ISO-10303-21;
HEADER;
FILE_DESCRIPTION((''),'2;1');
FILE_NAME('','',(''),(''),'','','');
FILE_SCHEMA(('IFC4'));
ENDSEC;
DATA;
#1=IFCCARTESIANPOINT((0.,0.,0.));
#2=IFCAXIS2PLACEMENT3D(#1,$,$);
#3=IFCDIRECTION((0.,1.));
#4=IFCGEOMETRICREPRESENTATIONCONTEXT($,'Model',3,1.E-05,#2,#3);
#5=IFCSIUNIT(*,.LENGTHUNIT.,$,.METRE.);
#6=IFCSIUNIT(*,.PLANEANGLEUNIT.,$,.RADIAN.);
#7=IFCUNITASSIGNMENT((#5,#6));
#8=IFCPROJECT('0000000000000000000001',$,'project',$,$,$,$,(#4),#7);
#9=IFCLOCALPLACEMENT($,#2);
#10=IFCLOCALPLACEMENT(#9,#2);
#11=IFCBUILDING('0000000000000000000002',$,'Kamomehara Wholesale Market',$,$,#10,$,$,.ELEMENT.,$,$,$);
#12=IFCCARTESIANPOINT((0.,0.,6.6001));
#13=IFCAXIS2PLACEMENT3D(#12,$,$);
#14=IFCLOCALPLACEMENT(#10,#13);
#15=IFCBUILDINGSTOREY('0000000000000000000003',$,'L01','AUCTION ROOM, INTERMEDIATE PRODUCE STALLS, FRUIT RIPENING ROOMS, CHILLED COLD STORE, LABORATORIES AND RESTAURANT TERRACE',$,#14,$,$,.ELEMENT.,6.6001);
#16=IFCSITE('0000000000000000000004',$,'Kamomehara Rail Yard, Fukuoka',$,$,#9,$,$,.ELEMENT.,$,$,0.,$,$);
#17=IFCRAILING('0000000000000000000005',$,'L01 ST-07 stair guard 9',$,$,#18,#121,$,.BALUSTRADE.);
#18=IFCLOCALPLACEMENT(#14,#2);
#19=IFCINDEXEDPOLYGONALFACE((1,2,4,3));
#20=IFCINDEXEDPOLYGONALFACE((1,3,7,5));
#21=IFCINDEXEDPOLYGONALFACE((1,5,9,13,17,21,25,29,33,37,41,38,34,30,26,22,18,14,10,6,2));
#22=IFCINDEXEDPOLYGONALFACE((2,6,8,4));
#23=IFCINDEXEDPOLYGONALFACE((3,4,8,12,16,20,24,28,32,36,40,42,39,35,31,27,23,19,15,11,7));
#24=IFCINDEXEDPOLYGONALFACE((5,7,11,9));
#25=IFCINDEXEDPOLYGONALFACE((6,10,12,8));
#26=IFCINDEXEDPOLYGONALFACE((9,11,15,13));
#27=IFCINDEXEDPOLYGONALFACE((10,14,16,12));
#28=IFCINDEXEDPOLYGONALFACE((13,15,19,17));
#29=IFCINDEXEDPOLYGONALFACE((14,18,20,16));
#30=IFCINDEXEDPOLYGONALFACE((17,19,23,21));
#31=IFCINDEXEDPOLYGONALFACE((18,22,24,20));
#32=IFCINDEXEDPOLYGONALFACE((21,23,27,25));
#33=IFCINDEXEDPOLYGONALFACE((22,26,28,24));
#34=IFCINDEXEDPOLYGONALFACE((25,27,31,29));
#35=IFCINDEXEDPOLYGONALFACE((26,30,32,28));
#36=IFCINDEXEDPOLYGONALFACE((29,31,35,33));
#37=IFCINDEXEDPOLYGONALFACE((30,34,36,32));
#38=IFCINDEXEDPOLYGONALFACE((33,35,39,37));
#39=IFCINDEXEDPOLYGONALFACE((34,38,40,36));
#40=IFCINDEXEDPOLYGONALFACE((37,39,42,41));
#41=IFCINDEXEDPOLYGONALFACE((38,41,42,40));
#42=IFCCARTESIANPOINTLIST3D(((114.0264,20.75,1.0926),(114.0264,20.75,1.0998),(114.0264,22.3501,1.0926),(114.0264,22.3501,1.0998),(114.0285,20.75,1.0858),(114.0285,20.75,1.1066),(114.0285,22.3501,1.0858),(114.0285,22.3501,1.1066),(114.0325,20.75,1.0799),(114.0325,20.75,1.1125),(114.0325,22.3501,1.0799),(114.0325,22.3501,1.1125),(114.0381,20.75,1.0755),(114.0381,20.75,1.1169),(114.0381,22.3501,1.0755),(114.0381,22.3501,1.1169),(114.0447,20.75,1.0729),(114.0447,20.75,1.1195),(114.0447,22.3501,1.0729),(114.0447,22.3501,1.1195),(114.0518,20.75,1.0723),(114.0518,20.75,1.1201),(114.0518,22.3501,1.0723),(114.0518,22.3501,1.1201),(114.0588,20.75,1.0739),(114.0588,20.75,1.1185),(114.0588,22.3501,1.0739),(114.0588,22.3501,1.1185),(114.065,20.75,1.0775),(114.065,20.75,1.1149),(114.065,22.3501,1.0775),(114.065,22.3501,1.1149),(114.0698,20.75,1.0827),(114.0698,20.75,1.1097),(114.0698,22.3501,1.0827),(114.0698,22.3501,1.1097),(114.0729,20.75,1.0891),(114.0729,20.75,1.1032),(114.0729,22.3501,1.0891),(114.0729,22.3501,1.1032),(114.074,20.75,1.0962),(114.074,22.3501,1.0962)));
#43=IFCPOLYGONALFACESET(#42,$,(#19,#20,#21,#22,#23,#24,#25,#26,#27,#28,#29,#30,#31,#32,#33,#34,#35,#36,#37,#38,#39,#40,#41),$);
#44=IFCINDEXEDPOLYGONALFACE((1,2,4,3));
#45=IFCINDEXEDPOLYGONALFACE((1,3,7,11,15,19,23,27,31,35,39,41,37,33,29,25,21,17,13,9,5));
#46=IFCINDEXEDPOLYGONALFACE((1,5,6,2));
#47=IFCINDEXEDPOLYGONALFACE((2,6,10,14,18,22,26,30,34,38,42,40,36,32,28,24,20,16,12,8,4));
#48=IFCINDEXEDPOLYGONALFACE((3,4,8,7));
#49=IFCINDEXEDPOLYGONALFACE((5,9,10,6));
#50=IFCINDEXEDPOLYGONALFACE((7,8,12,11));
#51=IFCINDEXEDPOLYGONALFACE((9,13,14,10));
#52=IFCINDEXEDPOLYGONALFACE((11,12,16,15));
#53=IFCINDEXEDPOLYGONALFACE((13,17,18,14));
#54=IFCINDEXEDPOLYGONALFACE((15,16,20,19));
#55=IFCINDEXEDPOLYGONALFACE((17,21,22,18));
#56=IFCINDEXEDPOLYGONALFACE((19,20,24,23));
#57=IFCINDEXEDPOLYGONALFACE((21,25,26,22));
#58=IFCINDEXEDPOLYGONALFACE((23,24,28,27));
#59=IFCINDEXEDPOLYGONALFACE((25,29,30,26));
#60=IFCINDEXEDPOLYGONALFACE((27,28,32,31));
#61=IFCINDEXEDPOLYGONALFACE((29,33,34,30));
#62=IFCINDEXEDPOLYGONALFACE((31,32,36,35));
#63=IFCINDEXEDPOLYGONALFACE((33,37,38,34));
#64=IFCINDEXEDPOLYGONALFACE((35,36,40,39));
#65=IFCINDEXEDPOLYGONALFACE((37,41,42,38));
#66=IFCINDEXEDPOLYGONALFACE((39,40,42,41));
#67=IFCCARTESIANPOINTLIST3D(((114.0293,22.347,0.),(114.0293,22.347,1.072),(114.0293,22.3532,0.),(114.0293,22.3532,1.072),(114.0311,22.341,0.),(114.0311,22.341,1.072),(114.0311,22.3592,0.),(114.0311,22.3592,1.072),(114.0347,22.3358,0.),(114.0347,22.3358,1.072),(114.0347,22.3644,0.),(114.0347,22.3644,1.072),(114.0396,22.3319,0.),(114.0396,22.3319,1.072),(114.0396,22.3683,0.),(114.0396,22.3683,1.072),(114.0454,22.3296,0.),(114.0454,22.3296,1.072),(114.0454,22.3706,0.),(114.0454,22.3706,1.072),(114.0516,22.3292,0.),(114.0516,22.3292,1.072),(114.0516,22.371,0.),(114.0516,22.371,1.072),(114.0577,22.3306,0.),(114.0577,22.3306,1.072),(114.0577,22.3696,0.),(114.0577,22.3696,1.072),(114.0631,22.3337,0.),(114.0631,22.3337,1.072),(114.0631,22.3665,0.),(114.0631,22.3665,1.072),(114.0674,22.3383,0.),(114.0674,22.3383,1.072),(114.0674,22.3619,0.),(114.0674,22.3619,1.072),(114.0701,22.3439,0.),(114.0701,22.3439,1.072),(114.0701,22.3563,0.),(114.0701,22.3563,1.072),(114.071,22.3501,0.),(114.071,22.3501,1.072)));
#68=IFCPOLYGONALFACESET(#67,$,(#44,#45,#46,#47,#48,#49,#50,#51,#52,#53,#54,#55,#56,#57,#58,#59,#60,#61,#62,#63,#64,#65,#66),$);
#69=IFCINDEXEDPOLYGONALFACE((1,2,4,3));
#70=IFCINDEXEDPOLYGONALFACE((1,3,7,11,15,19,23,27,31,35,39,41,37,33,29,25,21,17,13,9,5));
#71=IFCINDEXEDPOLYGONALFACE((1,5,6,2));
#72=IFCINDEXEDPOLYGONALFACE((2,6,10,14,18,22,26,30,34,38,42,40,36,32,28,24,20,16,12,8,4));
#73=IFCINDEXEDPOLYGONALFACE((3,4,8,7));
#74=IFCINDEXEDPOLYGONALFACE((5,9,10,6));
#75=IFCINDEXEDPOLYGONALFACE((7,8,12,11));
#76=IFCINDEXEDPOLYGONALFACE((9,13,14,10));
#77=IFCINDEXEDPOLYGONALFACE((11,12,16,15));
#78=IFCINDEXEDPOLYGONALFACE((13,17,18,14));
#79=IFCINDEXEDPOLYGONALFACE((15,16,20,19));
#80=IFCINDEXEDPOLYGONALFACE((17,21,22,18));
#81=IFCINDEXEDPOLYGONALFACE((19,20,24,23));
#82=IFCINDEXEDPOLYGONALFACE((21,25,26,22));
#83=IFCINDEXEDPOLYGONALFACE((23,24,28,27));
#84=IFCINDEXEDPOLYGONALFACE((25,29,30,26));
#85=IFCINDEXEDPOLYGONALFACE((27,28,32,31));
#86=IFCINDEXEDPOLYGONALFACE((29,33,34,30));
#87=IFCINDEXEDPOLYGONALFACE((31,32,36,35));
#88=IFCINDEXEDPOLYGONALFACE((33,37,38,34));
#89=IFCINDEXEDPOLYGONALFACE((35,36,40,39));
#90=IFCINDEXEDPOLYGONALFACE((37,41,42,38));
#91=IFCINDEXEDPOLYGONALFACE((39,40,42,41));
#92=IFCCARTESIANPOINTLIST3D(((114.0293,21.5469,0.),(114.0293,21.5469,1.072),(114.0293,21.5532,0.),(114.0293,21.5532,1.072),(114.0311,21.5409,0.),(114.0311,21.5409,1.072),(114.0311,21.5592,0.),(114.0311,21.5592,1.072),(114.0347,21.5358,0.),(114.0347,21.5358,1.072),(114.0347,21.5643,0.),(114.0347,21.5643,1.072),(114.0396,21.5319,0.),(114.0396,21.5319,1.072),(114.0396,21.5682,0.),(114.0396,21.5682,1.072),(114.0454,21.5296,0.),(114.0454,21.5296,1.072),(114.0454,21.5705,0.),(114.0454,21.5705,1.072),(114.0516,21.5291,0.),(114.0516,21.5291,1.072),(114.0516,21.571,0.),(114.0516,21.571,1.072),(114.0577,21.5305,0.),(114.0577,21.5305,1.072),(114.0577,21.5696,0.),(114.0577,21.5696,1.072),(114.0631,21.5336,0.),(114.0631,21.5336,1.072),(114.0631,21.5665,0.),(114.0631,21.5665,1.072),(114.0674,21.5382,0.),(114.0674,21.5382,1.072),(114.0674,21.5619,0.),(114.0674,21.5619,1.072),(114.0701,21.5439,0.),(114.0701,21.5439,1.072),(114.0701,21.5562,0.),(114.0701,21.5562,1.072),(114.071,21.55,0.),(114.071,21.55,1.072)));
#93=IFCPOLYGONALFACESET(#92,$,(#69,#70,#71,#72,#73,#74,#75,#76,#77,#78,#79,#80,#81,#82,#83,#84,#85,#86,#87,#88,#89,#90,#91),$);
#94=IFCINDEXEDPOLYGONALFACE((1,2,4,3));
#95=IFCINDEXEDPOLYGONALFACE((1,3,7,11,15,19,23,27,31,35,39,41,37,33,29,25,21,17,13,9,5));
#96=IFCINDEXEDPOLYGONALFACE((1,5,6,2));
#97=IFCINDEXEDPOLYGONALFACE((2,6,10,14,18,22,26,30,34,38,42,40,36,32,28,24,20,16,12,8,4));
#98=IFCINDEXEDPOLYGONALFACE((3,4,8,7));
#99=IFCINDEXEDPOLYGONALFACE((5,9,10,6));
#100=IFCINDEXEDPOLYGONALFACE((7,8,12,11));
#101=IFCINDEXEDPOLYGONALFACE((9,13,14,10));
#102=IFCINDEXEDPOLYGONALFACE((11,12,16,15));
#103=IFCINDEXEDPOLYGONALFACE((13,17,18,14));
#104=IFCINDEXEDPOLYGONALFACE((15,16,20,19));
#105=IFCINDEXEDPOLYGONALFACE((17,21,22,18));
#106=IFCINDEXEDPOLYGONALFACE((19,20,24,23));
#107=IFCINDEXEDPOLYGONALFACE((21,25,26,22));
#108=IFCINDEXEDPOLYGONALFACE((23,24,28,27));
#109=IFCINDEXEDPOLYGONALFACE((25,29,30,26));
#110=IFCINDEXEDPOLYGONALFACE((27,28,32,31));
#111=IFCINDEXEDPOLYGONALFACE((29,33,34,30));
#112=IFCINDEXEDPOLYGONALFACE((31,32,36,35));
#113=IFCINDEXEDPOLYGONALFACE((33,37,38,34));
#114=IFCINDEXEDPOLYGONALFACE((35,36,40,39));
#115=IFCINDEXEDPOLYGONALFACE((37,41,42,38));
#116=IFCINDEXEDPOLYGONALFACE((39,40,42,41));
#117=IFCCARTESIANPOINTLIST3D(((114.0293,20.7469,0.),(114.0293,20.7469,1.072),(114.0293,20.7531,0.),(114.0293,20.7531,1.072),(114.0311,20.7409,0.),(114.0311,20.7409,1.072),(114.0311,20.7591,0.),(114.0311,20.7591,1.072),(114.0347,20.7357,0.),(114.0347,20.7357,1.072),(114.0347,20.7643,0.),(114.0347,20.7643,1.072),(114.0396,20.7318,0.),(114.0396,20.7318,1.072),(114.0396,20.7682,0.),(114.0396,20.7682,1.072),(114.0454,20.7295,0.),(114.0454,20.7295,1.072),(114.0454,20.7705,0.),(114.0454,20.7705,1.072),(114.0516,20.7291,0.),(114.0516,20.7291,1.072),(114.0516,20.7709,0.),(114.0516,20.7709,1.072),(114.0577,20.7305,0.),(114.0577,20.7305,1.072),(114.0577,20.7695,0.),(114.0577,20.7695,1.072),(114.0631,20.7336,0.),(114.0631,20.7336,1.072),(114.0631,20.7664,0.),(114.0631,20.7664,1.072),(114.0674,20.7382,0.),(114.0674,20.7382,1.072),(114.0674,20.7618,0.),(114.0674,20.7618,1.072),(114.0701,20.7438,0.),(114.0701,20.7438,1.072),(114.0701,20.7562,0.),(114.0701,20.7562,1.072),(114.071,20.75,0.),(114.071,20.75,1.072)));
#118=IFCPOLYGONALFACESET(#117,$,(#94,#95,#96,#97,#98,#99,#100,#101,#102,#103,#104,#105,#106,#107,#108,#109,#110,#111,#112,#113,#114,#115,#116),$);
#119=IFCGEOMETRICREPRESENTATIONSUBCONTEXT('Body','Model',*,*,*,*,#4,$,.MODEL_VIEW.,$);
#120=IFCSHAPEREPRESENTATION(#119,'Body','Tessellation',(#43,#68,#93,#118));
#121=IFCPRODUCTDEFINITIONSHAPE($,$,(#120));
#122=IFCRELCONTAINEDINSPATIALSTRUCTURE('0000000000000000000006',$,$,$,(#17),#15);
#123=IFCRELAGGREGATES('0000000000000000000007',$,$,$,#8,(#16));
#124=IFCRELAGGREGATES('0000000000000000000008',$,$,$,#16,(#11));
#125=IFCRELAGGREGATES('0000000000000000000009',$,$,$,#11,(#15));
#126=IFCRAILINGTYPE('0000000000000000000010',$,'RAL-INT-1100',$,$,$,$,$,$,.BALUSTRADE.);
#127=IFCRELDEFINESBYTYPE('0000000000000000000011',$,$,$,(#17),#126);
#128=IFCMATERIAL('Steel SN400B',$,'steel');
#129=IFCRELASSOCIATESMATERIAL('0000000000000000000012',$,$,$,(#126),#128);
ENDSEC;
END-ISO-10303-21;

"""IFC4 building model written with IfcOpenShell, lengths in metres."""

from ifc_helpers import new_model, si_unit, direction, frame, origin, origin_2d, place, context, subcontext, project, spatial, circle, extrude, material, type_object, element, save


model = new_model("IFC4")

# Units and contexts
model_context = context("Model", 3, precision=1e-05, world=origin(), true_north=direction((0.0, 1.0)))
body_context = subcontext(model_context, "Body", "Model", "MODEL_VIEW")
ifc_project = project(units=[si_unit("LENGTHUNIT", "METRE"), si_unit("PLANEANGLEUNIT", "RADIAN")], contexts=[model_context])

# Site, building, storey
site_placement = place(None, origin())
site = spatial("IfcSite", under=ifc_project, at=site_placement, Name="Kamomehara Rail Yard, Fukuoka", CompositionType="ELEMENT", RefElevation=0.0)
building_placement = place(site_placement, origin())
building = spatial("IfcBuilding", under=site, at=building_placement, Name="Kamomehara Wholesale Market", CompositionType="ELEMENT")
storey_placement = place(building_placement, frame((0.0, 0.0, 6.6001)))
storey = spatial("IfcBuildingStorey", under=building, at=storey_placement, Name="L01", Description="AUCTION ROOM, INTERMEDIATE PRODUCE STALLS, FRUIT RIPENING ROOMS, CHILLED COLD STORE, LABORATORIES AND RESTAURANT TERRACE", CompositionType="ELEMENT", Elevation=6.6001)

# Railing
ifc_material_1 = material(Name="Steel SN400B", Category="steel")
railing_type_1 = type_object("IfcRailingType", Name="RAL-INT-1100", PredefinedType="BALUSTRADE", material=ifc_material_1)
railing_1_placement = place(storey_placement, frame((114.05, 22.3501, 0.0)))
element("IfcRailing", 1, at=railing_1_placement, inside=storey, type_object=railing_type_1, Name="L01 ST-07 stair guard 9", PredefinedType="BALUSTRADE", context=body_context, shape_type="SweptSolid", body=[
    extrude(circle(Radius=0.0239, at=origin_2d()), frame((0.0, 0.0, 1.0962), z_axis=(0.0, -1.0, 0.0), x_axis=(1.0, 0.0, 0.0)), (0.0, 0.0, 1.0), 1.6001),
    extrude(circle(Radius=0.021, at=origin_2d()), origin(), (0.0, 0.0, 1.0), 1.072),
    extrude(circle(Radius=0.021, at=origin_2d()), frame((0.0, -0.8, 0.0)), (0.0, 0.0, 1.0), 1.072),
    extrude(circle(Radius=0.021, at=origin_2d()), frame((0.0, -1.6001, 0.0)), (0.0, 0.0, 1.0), 1.072),
])

save(model, "model.ifc")
